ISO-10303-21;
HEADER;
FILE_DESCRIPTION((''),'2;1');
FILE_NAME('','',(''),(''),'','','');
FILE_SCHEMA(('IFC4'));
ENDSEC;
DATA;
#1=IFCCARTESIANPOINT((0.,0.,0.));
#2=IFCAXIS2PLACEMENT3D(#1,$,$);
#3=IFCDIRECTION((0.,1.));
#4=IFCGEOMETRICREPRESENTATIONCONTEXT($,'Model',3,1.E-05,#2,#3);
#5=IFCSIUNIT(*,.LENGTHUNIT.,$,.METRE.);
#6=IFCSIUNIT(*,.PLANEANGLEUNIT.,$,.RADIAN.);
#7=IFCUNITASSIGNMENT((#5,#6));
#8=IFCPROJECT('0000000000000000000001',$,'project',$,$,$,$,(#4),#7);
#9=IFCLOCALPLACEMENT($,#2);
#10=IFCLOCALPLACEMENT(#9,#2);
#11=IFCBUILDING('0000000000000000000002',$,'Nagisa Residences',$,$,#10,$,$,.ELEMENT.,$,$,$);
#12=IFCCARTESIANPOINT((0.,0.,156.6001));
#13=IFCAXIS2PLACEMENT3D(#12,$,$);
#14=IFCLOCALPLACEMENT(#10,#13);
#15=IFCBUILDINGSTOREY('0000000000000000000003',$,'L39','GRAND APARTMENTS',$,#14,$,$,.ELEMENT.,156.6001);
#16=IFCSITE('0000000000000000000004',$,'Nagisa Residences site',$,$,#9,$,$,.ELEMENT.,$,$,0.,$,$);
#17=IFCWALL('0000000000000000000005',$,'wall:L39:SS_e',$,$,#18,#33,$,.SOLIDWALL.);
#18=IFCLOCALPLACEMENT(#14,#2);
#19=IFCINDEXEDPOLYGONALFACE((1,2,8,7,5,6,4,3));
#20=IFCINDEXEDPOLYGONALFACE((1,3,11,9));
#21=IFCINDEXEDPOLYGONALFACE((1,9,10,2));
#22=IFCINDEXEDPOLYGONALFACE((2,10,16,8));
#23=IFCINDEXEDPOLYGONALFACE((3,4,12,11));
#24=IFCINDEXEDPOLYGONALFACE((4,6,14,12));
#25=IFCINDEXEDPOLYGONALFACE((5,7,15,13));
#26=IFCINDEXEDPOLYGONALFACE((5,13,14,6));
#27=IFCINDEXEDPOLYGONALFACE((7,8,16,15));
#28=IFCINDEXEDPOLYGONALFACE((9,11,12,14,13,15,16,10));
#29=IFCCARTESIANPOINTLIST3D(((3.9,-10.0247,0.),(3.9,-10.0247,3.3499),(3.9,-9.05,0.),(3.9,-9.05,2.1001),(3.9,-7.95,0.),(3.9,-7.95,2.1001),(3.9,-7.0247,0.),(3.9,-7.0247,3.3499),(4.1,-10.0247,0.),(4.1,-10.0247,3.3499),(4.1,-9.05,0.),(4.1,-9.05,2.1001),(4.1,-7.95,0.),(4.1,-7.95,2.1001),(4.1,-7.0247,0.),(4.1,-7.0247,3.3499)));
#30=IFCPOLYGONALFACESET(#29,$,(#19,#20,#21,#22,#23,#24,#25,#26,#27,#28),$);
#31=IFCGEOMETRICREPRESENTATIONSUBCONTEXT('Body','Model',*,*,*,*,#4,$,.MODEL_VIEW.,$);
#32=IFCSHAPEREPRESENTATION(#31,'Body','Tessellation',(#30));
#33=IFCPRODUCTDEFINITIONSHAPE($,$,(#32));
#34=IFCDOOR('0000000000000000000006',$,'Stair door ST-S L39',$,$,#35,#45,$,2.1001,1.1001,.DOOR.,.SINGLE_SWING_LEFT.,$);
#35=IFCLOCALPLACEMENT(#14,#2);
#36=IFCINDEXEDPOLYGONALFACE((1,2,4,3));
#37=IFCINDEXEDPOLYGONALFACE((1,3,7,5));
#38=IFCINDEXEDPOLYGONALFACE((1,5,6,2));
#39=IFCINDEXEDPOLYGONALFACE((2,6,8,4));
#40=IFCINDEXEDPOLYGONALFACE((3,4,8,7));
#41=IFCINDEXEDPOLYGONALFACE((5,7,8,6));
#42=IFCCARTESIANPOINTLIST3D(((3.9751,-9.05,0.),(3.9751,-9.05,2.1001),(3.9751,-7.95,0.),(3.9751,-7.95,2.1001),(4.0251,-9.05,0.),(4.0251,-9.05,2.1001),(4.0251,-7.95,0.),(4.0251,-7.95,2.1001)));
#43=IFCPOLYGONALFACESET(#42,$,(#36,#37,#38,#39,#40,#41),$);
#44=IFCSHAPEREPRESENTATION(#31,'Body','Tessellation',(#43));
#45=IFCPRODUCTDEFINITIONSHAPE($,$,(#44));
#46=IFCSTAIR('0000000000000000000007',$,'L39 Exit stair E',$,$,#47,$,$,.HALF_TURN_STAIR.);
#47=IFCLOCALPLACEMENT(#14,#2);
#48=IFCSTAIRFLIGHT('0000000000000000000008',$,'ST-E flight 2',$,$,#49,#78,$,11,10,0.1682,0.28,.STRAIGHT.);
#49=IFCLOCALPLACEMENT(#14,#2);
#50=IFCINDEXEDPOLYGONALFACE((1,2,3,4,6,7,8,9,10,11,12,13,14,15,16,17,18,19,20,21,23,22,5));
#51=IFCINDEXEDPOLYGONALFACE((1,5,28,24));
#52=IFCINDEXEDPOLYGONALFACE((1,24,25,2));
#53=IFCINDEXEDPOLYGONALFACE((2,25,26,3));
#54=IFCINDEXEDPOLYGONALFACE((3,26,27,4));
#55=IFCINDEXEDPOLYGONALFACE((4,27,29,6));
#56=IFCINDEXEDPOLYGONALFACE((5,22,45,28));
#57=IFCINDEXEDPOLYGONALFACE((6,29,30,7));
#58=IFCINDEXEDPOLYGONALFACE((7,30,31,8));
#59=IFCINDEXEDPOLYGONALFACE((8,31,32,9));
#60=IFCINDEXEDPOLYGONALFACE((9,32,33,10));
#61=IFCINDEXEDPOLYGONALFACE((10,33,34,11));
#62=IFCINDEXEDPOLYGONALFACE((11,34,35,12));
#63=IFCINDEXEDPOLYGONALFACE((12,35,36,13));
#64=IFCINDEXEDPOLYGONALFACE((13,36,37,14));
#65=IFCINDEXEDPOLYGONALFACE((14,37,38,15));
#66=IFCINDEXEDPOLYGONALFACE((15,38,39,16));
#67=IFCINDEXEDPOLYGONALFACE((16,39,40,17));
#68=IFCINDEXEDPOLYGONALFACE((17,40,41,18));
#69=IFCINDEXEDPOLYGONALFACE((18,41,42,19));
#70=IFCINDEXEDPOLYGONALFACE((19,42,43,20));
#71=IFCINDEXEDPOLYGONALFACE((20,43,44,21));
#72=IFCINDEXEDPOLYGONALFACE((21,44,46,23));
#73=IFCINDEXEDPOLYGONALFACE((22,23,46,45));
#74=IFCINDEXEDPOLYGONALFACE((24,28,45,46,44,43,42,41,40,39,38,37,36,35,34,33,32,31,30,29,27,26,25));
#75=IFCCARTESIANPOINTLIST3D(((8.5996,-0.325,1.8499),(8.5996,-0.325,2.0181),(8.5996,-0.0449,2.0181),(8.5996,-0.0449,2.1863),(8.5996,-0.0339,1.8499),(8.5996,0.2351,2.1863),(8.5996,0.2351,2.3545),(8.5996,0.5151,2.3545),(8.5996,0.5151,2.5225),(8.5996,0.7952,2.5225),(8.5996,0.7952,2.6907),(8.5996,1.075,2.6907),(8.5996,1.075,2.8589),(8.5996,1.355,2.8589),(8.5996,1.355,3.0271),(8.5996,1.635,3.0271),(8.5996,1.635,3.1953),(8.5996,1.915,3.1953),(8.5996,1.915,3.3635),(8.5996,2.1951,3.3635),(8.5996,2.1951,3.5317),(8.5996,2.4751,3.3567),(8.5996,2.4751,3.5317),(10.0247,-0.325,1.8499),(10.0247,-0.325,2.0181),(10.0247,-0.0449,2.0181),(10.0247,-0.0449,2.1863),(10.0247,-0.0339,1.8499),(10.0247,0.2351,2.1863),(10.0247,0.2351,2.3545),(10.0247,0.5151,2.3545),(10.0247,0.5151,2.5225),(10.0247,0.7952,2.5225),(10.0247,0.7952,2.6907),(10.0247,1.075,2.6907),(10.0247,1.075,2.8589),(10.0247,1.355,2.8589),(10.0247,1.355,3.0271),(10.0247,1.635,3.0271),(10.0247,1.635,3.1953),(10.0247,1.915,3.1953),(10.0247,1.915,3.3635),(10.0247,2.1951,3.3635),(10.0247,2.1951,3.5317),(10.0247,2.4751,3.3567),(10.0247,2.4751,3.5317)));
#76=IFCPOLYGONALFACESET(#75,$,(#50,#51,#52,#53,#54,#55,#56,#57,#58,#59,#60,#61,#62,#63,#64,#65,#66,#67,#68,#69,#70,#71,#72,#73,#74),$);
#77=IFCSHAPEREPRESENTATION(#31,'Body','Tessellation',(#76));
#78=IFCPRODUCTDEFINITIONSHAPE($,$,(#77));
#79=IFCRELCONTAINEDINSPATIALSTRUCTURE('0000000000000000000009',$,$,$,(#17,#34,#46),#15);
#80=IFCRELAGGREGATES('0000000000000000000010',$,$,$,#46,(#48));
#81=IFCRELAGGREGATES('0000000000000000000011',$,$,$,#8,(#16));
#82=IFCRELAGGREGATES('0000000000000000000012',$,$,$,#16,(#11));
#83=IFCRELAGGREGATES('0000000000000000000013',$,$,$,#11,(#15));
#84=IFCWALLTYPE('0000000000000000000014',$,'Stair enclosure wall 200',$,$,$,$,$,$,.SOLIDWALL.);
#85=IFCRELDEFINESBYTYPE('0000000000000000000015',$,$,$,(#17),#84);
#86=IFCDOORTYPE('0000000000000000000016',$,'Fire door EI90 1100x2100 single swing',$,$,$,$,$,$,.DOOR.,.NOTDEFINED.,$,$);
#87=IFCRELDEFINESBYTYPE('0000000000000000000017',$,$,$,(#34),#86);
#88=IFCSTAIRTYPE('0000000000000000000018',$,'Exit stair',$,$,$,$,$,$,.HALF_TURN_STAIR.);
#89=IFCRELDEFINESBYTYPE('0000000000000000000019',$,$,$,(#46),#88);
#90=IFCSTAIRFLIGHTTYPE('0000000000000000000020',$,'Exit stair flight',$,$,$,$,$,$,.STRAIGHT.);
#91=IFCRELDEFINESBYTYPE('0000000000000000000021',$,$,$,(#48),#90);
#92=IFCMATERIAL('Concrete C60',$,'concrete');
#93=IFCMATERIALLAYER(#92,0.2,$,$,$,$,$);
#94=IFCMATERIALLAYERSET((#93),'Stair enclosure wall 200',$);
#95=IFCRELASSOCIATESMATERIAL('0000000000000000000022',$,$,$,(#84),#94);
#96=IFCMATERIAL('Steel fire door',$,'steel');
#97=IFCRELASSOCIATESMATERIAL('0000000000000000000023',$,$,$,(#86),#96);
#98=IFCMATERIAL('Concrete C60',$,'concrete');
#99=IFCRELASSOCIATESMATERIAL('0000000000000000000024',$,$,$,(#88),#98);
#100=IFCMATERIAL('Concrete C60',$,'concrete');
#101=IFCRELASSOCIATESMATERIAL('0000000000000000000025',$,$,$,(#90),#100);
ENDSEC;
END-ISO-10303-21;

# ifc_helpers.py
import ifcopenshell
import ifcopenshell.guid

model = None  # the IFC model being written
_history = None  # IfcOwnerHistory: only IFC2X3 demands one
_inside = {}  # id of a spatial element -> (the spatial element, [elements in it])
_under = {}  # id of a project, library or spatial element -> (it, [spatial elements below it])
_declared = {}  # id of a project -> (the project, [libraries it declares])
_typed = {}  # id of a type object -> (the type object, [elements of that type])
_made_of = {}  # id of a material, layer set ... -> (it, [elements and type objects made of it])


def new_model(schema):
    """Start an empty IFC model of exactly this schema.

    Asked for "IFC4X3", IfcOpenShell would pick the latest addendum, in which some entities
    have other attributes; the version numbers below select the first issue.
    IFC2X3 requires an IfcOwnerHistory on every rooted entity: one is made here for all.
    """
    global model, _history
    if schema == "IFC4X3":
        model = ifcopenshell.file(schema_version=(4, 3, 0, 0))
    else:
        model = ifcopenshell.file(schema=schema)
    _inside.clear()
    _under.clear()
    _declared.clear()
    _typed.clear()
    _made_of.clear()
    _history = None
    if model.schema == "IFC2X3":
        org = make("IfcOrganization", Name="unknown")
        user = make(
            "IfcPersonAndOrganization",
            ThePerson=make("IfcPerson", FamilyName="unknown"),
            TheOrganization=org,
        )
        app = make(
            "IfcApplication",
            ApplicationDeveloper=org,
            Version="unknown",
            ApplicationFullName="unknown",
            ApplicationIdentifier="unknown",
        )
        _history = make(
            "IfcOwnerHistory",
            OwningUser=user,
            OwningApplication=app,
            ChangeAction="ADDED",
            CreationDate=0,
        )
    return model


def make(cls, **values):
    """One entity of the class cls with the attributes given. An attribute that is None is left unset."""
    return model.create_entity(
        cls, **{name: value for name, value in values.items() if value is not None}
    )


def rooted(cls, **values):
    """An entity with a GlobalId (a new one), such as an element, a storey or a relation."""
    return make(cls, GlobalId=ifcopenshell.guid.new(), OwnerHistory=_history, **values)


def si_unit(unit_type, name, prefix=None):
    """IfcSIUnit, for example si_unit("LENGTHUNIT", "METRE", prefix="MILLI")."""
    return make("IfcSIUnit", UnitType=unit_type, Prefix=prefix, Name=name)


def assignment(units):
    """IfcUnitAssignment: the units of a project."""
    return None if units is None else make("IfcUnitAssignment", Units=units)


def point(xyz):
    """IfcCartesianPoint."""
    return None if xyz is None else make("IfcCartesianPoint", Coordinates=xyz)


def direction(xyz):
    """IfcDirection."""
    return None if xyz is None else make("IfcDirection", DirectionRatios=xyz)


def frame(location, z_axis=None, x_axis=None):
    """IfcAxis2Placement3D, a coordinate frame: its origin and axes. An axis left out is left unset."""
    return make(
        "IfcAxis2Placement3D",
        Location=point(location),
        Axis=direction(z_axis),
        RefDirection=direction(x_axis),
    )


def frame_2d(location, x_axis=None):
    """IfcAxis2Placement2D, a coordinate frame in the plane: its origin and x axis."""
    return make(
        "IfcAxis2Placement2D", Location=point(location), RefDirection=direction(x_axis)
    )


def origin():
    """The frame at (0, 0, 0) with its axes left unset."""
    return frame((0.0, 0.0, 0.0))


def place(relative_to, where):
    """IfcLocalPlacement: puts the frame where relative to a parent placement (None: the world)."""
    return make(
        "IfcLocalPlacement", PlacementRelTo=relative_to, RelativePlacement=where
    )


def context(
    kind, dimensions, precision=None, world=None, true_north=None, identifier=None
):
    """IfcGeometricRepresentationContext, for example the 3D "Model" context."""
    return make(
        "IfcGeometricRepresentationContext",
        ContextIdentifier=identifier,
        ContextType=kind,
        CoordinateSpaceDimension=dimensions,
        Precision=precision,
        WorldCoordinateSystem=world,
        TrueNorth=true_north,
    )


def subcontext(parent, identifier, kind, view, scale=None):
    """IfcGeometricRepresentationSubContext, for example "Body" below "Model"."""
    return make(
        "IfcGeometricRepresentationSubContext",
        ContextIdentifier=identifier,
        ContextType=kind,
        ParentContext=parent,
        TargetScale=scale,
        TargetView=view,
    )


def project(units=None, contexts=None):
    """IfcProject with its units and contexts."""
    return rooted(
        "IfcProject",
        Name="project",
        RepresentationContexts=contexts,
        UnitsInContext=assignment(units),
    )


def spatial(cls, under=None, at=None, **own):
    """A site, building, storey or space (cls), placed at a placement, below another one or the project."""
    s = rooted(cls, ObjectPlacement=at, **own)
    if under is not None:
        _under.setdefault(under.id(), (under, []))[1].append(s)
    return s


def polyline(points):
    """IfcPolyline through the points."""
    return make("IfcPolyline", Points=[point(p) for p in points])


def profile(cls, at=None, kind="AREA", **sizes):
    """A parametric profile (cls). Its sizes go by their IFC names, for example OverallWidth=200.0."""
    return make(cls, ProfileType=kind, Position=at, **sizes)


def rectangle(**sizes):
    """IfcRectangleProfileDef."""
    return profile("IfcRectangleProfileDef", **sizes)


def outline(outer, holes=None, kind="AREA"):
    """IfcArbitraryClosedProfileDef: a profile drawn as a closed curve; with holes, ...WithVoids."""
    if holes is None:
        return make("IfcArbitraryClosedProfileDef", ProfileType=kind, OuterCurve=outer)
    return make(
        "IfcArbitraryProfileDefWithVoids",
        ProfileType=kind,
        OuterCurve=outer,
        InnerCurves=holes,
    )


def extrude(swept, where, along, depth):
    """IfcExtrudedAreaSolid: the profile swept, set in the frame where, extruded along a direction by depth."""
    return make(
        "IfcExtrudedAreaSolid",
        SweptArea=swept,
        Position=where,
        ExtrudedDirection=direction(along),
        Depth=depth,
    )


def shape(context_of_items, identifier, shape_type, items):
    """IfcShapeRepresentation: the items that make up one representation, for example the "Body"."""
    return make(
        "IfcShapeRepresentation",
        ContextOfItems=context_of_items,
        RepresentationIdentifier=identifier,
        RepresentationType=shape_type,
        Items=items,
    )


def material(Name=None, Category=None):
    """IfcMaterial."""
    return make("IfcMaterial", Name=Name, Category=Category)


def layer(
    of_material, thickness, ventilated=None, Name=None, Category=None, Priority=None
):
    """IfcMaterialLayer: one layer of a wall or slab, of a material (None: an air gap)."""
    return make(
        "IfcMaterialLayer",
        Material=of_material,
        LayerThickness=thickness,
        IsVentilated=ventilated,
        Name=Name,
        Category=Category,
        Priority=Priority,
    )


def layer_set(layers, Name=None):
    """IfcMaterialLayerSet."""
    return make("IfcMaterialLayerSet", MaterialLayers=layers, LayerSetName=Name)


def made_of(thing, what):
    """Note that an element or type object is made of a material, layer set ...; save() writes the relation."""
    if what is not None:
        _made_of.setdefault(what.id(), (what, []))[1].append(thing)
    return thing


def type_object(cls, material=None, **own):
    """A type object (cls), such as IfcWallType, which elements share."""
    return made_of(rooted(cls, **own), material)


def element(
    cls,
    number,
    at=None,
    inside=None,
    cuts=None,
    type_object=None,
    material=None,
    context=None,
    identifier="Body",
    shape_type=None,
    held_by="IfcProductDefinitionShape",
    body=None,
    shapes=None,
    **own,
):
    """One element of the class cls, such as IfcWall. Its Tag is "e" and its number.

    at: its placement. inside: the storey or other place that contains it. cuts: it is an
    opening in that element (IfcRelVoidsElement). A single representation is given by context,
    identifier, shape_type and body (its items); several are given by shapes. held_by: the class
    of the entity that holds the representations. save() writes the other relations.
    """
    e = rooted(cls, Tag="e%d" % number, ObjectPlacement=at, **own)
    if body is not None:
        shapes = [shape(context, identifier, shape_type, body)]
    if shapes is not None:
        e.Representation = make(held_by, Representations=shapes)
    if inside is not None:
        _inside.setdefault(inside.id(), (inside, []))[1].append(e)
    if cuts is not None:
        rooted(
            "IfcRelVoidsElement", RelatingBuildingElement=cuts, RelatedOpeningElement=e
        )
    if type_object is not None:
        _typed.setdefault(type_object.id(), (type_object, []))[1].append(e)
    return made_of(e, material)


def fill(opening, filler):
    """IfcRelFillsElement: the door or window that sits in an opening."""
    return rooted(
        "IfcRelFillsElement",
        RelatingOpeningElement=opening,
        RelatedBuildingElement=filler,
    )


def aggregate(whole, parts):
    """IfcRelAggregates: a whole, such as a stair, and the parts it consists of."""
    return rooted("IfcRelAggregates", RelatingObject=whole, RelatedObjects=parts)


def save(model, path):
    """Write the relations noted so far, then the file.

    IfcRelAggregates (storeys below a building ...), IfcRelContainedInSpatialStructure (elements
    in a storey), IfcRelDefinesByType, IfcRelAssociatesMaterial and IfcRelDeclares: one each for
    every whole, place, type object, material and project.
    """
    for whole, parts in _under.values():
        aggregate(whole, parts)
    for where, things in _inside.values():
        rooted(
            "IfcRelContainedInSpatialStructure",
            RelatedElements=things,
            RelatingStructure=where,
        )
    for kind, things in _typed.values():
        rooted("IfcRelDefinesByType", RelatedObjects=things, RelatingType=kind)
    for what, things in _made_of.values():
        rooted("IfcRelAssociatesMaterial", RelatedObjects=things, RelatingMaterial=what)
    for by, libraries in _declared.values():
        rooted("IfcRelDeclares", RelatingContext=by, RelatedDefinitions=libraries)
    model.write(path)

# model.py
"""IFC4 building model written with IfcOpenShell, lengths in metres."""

from ifc_helpers import new_model, si_unit, direction, frame, frame_2d, origin, place, context, subcontext, project, spatial, polyline, rectangle, outline, extrude, material, layer, layer_set, type_object, element, fill, aggregate, save


model = new_model("IFC4")

# Units and contexts
model_context = context("Model", 3, precision=1e-05, world=origin(), true_north=direction((0.0, 1.0)))
body_context = subcontext(model_context, "Body", "Model", "MODEL_VIEW")
ifc_project = project(units=[si_unit("LENGTHUNIT", "METRE"), si_unit("PLANEANGLEUNIT", "RADIAN")], contexts=[model_context])

# Site, building, storey
site_placement = place(None, origin())
site = spatial("IfcSite", under=ifc_project, at=site_placement, Name="Nagisa Residences site", CompositionType="ELEMENT", RefElevation=0.0)
building_placement = place(site_placement, origin())
building = spatial("IfcBuilding", under=site, at=building_placement, Name="Nagisa Residences", CompositionType="ELEMENT")
storey_placement = place(building_placement, frame((0.0, 0.0, 156.6001)))
storey = spatial("IfcBuildingStorey", under=building, at=storey_placement, Name="L39", Description="GRAND APARTMENTS", CompositionType="ELEMENT", Elevation=156.6001)

# Wall, opening, door
ifc_material_1 = material(Name="Concrete C60", Category="concrete")
ifc_layer_1 = layer(ifc_material_1, 0.2)
ifc_layer_set_1 = layer_set([ifc_layer_1], Name="Stair enclosure wall 200")
wall_type_1 = type_object("IfcWallType", Name="Stair enclosure wall 200", PredefinedType="SOLIDWALL", material=ifc_layer_set_1)
wall_1_placement = place(storey_placement, frame((4.0, -10.0247, 0.0), z_axis=(0.0, 0.0, 1.0), x_axis=(0.0, 1.0, 0.0)))
wall_1 = element("IfcWall", 1, at=wall_1_placement, inside=storey, type_object=wall_type_1, Name="wall:L39:SS_e", PredefinedType="SOLIDWALL", context=body_context, shape_type="SweptSolid", body=[
    extrude(rectangle(XDim=3.0, YDim=0.2, at=frame_2d((1.5, 0.0))), origin(), (0.0, 0.0, 1.0), 3.3499),
])
opening_1_placement = place(wall_1_placement, frame((0.9746, 0.0, 0.0)))
opening_1 = element("IfcOpeningElement", 2, at=opening_1_placement, cuts=wall_1, PredefinedType="OPENING", context=body_context, shape_type="SweptSolid", body=[
    extrude(rectangle(XDim=1.1001, YDim=2.1001, at=frame_2d((0.55, 1.05))), frame((0.0, 0.1099, 0.0), z_axis=(0.0, -1.0, 0.0), x_axis=(1.0, 0.0, 0.0)), (0.0, 0.0, 1.0), 0.22),
])
ifc_material_2 = material(Name="Steel fire door", Category="steel")
door_type_1 = type_object("IfcDoorType", Name="Fire door EI90 1100x2100 single swing", OperationType="NOTDEFINED", PredefinedType="DOOR", material=ifc_material_2)
door_1_placement = place(opening_1_placement, origin())
door_1 = element("IfcDoor", 3, at=door_1_placement, inside=storey, type_object=door_type_1, Name="Stair door ST-S L39", OperationType="SINGLE_SWING_LEFT", OverallHeight=2.1001, OverallWidth=1.1001, PredefinedType="DOOR", context=body_context, shape_type="SweptSolid", body=[
    extrude(rectangle(XDim=1.1001, YDim=2.1001, at=frame_2d((0.55, 1.05))), frame((0.0, 0.0249, 0.0), z_axis=(0.0, -1.0, 0.0), x_axis=(1.0, 0.0, 0.0)), (0.0, 0.0, 1.0), 0.05),
])
fill(opening_1, door_1)

# Stair, stair flight
ifc_material_3 = material(Name="Concrete C60", Category="concrete")
stair_type = type_object("IfcStairType", Name="Exit stair", PredefinedType="HALF_TURN_STAIR", material=ifc_material_3)
stair_placement = place(storey_placement, origin())
stair = element("IfcStair", 4, at=stair_placement, inside=storey, type_object=stair_type, Name="L39 Exit stair E", PredefinedType="HALF_TURN_STAIR")
ifc_material_4 = material(Name="Concrete C60", Category="concrete")
stair_flight_type = type_object("IfcStairFlightType", Name="Exit stair flight", PredefinedType="STRAIGHT", material=ifc_material_4)
stair_flight_placement = place(storey_placement, frame((9.312, -0.325, 1.8499), z_axis=(0.0, 0.0, 1.0), x_axis=(0.0, 1.0, 0.0)))
stair_flight = element("IfcStairFlight", 5, at=stair_flight_placement, type_object=stair_flight_type, Name="ST-E flight 2", NumberOfRisers=11, NumberOfTreads=10, PredefinedType="STRAIGHT", RiserHeight=0.1682, TreadLength=0.28, context=body_context, shape_type="SweptSolid", body=[
    extrude(outline(polyline([(0.0, 0.0), (0.0, 0.1682), (0.28, 0.1682), (0.28, 0.3364), (0.5601, 0.3364), (0.5601, 0.5046), (0.8401, 0.5046), (0.8401, 0.6726), (1.1201, 0.6726), (1.1201, 0.8408), (1.3999, 0.8408), (1.3999, 1.009), (1.6799, 1.009), (1.6799, 1.1772), (1.96, 1.1772), (1.96, 1.3455), (2.24, 1.3455), (2.24, 1.5137), (2.52, 1.5137), (2.52, 1.6819), (2.8, 1.6819), (2.8, 1.8501), (2.8, 1.5068), (0.291, 0.0), (0.0, 0.0)])), frame((0.0, 0.7124, 0.0), z_axis=(0.0, -1.0, 0.0), x_axis=(1.0, 0.0, 0.0)), (0.0, 0.0, 1.0), 1.425),
])
aggregate(stair, [stair_flight])

save(model, "model.ifc")
